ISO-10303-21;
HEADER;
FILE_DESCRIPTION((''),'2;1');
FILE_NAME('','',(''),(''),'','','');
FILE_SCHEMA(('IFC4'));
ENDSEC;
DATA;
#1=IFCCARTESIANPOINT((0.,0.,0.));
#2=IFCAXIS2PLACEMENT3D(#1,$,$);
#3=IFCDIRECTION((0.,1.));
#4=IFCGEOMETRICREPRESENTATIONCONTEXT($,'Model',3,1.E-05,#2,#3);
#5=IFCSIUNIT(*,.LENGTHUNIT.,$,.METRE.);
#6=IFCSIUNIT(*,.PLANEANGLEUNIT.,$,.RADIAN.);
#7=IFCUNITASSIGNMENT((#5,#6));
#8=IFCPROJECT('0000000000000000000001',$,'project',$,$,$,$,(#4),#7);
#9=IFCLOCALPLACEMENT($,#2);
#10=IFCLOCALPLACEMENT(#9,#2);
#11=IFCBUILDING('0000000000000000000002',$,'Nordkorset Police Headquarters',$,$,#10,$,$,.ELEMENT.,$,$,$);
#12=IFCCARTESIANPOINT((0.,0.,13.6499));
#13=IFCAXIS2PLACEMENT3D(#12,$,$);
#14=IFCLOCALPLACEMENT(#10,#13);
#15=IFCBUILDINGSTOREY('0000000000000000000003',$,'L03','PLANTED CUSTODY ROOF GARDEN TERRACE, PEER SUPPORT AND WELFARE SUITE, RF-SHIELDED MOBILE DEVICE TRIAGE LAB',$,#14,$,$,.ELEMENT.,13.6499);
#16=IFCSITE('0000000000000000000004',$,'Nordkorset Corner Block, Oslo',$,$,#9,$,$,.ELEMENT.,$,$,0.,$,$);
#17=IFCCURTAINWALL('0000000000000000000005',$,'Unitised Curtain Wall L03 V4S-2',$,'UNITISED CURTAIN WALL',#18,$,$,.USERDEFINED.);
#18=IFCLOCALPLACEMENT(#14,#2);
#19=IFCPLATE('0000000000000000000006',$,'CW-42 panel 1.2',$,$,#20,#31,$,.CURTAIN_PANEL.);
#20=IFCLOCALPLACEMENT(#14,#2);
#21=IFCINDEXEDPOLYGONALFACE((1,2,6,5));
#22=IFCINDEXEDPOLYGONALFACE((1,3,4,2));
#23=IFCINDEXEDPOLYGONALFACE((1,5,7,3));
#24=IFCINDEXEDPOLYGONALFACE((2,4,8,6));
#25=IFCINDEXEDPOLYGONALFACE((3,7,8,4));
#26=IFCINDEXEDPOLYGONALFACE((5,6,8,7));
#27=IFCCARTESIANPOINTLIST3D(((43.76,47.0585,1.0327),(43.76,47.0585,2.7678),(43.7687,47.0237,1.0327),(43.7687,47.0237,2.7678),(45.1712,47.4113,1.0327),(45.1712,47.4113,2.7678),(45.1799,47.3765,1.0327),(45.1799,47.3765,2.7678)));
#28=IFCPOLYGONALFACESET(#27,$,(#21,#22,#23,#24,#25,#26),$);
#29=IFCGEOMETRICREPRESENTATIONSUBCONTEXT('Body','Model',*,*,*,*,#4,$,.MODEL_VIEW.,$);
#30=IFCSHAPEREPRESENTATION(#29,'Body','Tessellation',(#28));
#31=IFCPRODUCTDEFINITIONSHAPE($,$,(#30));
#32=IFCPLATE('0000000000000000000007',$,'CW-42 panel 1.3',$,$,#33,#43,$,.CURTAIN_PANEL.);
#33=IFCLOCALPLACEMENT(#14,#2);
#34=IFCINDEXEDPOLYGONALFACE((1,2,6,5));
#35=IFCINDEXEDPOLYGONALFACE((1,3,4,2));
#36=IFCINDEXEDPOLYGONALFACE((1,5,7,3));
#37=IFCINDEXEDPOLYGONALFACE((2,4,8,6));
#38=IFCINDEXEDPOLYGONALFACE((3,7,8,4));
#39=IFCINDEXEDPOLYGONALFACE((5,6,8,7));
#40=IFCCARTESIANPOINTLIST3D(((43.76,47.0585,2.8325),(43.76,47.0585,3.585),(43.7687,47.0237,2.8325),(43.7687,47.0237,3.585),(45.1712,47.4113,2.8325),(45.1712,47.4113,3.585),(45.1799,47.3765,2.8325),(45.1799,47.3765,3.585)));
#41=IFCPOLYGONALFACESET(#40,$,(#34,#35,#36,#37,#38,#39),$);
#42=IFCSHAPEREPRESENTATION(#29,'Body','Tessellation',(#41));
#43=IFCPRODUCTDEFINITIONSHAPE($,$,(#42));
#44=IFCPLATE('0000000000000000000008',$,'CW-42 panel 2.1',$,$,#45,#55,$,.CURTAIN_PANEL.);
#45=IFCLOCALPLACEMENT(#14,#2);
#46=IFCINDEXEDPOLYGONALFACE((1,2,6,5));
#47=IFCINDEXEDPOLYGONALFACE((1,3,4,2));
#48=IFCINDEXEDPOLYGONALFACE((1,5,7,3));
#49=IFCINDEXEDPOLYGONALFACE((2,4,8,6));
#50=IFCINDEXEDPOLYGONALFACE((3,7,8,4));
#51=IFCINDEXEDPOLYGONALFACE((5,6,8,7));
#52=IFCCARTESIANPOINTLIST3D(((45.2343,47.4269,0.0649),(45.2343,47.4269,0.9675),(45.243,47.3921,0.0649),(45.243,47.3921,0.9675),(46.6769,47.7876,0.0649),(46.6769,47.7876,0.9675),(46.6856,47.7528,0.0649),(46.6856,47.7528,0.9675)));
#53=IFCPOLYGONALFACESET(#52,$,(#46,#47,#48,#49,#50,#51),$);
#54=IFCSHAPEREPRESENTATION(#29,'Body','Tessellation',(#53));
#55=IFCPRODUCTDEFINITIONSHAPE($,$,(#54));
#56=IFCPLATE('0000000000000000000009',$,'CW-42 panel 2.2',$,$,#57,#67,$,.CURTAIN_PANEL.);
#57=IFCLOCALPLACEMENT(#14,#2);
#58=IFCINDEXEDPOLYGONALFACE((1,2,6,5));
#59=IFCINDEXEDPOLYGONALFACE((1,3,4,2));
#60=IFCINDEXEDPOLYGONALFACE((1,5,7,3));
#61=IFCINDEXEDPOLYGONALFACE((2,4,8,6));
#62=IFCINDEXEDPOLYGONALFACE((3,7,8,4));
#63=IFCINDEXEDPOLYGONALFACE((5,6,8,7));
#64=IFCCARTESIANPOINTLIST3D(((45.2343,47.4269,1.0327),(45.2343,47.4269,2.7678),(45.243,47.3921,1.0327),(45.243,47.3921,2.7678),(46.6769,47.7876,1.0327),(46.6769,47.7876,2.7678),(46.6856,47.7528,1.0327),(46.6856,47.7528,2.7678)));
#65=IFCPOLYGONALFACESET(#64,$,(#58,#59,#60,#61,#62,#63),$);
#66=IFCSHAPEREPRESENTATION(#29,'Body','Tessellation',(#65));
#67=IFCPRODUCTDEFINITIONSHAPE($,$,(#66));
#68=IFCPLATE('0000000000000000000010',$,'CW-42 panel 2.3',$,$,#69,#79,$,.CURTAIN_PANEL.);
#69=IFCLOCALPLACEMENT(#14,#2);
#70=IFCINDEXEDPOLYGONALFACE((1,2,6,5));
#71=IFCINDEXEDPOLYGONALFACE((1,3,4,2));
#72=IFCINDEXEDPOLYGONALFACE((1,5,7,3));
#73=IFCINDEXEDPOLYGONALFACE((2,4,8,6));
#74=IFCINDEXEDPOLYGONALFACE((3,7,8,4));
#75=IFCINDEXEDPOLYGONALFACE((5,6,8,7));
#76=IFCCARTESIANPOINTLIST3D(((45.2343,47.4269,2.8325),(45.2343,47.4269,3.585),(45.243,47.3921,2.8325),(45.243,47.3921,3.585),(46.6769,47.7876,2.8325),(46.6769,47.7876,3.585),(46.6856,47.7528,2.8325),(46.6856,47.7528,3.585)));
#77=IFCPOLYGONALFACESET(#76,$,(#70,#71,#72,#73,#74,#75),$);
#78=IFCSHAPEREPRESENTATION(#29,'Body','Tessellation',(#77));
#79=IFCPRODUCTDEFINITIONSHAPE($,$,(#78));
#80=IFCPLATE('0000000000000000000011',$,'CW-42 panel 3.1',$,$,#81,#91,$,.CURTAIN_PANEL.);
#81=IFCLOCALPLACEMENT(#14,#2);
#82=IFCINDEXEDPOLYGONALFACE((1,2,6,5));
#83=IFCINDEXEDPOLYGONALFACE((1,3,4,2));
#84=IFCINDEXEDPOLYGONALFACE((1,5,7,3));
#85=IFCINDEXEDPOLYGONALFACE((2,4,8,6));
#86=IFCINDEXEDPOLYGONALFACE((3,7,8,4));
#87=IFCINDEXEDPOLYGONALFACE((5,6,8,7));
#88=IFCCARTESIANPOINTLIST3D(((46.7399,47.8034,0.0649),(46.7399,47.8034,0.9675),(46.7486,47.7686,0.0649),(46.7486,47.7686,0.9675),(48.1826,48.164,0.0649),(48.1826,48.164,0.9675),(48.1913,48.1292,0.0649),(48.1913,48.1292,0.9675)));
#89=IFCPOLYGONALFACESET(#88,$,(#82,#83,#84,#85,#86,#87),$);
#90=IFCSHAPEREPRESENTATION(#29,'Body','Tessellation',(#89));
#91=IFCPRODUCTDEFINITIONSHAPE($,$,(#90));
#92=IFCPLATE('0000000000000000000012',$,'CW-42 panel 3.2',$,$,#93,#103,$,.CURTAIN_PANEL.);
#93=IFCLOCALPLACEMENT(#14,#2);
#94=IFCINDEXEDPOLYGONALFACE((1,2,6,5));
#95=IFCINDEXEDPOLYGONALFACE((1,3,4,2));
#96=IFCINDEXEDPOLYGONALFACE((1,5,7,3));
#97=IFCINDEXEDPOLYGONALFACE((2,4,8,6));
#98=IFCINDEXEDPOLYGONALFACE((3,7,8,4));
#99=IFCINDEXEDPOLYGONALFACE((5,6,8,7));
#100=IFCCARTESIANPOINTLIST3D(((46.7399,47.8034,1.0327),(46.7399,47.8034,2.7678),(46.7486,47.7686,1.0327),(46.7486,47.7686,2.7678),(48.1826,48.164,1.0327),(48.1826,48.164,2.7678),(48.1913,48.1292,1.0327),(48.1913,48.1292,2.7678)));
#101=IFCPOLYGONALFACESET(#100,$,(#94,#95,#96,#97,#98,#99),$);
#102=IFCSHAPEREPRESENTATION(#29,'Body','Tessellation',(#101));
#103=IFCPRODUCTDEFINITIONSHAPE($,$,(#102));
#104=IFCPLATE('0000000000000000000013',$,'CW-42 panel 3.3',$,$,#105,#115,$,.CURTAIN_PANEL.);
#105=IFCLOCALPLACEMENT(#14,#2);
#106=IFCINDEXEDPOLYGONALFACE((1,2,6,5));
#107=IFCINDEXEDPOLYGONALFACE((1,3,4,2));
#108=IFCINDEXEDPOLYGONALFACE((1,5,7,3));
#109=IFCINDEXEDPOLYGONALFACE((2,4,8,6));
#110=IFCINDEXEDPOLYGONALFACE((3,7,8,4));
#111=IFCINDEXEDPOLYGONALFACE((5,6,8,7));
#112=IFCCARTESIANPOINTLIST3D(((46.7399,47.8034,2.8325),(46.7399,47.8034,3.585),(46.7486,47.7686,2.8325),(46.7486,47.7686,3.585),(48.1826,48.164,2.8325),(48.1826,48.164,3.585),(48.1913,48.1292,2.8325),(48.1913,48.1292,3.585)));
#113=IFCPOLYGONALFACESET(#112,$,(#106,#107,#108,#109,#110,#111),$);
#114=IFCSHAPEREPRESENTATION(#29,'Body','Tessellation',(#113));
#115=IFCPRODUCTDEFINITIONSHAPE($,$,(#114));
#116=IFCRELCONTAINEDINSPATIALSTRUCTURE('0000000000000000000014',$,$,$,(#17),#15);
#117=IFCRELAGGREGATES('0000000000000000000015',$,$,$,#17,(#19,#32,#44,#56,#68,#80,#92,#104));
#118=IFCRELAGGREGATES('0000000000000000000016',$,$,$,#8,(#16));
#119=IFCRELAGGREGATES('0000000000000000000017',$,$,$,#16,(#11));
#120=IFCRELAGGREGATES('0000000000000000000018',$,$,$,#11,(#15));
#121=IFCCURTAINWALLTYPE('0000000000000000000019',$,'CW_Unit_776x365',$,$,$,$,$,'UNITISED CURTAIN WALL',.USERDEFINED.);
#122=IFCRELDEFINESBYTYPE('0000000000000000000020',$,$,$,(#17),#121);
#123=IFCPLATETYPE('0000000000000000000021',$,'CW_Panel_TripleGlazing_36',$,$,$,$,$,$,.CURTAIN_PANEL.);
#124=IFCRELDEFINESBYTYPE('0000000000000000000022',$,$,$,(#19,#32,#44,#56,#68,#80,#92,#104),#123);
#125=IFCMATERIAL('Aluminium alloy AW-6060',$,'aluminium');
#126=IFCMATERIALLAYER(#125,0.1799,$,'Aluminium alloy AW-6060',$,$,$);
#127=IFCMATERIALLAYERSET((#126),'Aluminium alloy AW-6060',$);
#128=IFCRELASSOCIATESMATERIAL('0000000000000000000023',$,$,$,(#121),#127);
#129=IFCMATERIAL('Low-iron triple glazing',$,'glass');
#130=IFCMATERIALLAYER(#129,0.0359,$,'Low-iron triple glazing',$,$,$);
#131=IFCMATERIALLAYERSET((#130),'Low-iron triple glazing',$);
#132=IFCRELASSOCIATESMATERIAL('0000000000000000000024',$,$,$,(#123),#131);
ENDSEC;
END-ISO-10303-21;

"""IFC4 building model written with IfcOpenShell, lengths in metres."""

from ifc_helpers import new_model, si_unit, direction, frame, origin, origin_2d, place, context, subcontext, project, spatial, rectangle, extrude, material, layer, layer_set, type_object, element, aggregate, save


model = new_model("IFC4")

# Units and contexts
model_context = context("Model", 3, precision=1e-05, world=origin(), true_north=direction((0.0, 1.0)))
body_context = subcontext(model_context, "Body", "Model", "MODEL_VIEW")
ifc_project = project(units=[si_unit("LENGTHUNIT", "METRE"), si_unit("PLANEANGLEUNIT", "RADIAN")], contexts=[model_context])

# Site, building, storey
site_placement = place(None, origin())
site = spatial("IfcSite", under=ifc_project, at=site_placement, Name="Nordkorset Corner Block, Oslo", CompositionType="ELEMENT", RefElevation=0.0)
building_placement = place(site_placement, origin())
building = spatial("IfcBuilding", under=site, at=building_placement, Name="Nordkorset Police Headquarters", CompositionType="ELEMENT")
storey_placement = place(building_placement, frame((0.0, 0.0, 13.6499)))
storey = spatial("IfcBuildingStorey", under=building, at=storey_placement, Name="L03", Description="PLANTED CUSTODY ROOF GARDEN TERRACE, PEER SUPPORT AND WELFARE SUITE, RF-SHIELDED MOBILE DEVICE TRIAGE LAB", CompositionType="ELEMENT", Elevation=13.6499)

# Curtain wall, plates
ifc_material_1 = material(Name="Aluminium alloy AW-6060", Category="aluminium")
ifc_layer_1 = layer(ifc_material_1, 0.1799, Name="Aluminium alloy AW-6060")
ifc_layer_set_1 = layer_set([ifc_layer_1], Name="Aluminium alloy AW-6060")
curtain_wall_type = type_object("IfcCurtainWallType", Name="CW_Unit_776x365", ElementType="UNITISED CURTAIN WALL", PredefinedType="USERDEFINED", material=ifc_layer_set_1)
curtain_wall_placement = place(storey_placement, origin())
curtain_wall = element("IfcCurtainWall", 1, at=curtain_wall_placement, inside=storey, type_object=curtain_wall_type, Name="Unitised Curtain Wall L03 V4S-2", ObjectType="UNITISED CURTAIN WALL", PredefinedType="USERDEFINED")
ifc_material_2 = material(Name="Low-iron triple glazing", Category="glass")
ifc_layer_2 = layer(ifc_material_2, 0.0359, Name="Low-iron triple glazing")
ifc_layer_set_2 = layer_set([ifc_layer_2], Name="Low-iron triple glazing")
plate_type = type_object("IfcPlateType", Name="CW_Panel_TripleGlazing_36", PredefinedType="CURTAIN_PANEL", material=ifc_layer_set_2)
plate_1_placement = place(storey_placement, frame((44.47, 47.2175, 1.0327), z_axis=(0.0, 0.0, 1.0), x_axis=(0.970143, 0.242535, 0.0)))
plate_1 = element("IfcPlate", 2, at=plate_1_placement, type_object=plate_type, Name="CW-42 panel 1.2", PredefinedType="CURTAIN_PANEL", context=body_context, shape_type="SweptSolid", body=[
    extrude(rectangle(XDim=1.4546, YDim=0.0359, at=origin_2d()), origin(), (0.0, 0.0, 1.0), 1.7351),
])
plate_2_placement = place(storey_placement, frame((44.47, 47.2175, 2.8325), z_axis=(0.0, 0.0, 1.0), x_axis=(0.970143, 0.242535, 0.0)))
plate_2 = element("IfcPlate", 3, at=plate_2_placement, type_object=plate_type, Name="CW-42 panel 1.3", PredefinedType="CURTAIN_PANEL", context=body_context, shape_type="SweptSolid", body=[
    extrude(rectangle(XDim=1.4546, YDim=0.0359, at=origin_2d()), origin(), (0.0, 0.0, 1.0), 0.7524),
])
plate_3_placement = place(storey_placement, frame((45.96, 47.5898, 0.0649), z_axis=(0.0, 0.0, 1.0), x_axis=(0.970143, 0.242535, 0.0)))
plate_3 = element("IfcPlate", 4, at=plate_3_placement, type_object=plate_type, Name="CW-42 panel 2.1", PredefinedType="CURTAIN_PANEL", context=body_context, shape_type="SweptSolid", body=[
    extrude(rectangle(XDim=1.4871, YDim=0.0359, at=origin_2d()), origin(), (0.0, 0.0, 1.0), 0.9026),
])
plate_4_placement = place(storey_placement, frame((45.96, 47.5898, 1.0327), z_axis=(0.0, 0.0, 1.0), x_axis=(0.970143, 0.242535, 0.0)))
plate_4 = element("IfcPlate", 5, at=plate_4_placement, type_object=plate_type, Name="CW-42 panel 2.2", PredefinedType="CURTAIN_PANEL", context=body_context, shape_type="SweptSolid", body=[
    extrude(rectangle(XDim=1.4871, YDim=0.0359, at=origin_2d()), origin(), (0.0, 0.0, 1.0), 1.7351),
])
plate_5_placement = place(storey_placement, frame((45.96, 47.5898, 2.8325), z_axis=(0.0, 0.0, 1.0), x_axis=(0.970143, 0.242535, 0.0)))
plate_5 = element("IfcPlate", 6, at=plate_5_placement, type_object=plate_type, Name="CW-42 panel 2.3", PredefinedType="CURTAIN_PANEL", context=body_context, shape_type="SweptSolid", body=[
    extrude(rectangle(XDim=1.4871, YDim=0.0359, at=origin_2d()), origin(), (0.0, 0.0, 1.0), 0.7524),
])
plate_6_placement = place(storey_placement, frame((47.4656, 47.9663, 0.0649), z_axis=(0.0, 0.0, 1.0), x_axis=(0.970143, 0.242535, 0.0)))
plate_6 = element("IfcPlate", 7, at=plate_6_placement, type_object=plate_type, Name="CW-42 panel 3.1", PredefinedType="CURTAIN_PANEL", context=body_context, shape_type="SweptSolid", body=[
    extrude(rectangle(XDim=1.4871, YDim=0.0359, at=origin_2d()), origin(), (0.0, 0.0, 1.0), 0.9026),
])
plate_7_placement = place(storey_placement, frame((47.4656, 47.9663, 1.0327), z_axis=(0.0, 0.0, 1.0), x_axis=(0.970143, 0.242535, 0.0)))
plate_7 = element("IfcPlate", 8, at=plate_7_placement, type_object=plate_type, Name="CW-42 panel 3.2", PredefinedType="CURTAIN_PANEL", context=body_context, shape_type="SweptSolid", body=[
    extrude(rectangle(XDim=1.4871, YDim=0.0359, at=origin_2d()), origin(), (0.0, 0.0, 1.0), 1.7351),
])
plate_8_placement = place(storey_placement, frame((47.4656, 47.9663, 2.8325), z_axis=(0.0, 0.0, 1.0), x_axis=(0.970143, 0.242535, 0.0)))
plate_8 = element("IfcPlate", 9, at=plate_8_placement, type_object=plate_type, Name="CW-42 panel 3.3", PredefinedType="CURTAIN_PANEL", context=body_context, shape_type="SweptSolid", body=[
    extrude(rectangle(XDim=1.4871, YDim=0.0359, at=origin_2d()), origin(), (0.0, 0.0, 1.0), 0.7524),
])
aggregate(curtain_wall, [plate_1, plate_2, plate_3, plate_4, plate_5, plate_6, plate_7, plate_8])

save(model, "model.ifc")
